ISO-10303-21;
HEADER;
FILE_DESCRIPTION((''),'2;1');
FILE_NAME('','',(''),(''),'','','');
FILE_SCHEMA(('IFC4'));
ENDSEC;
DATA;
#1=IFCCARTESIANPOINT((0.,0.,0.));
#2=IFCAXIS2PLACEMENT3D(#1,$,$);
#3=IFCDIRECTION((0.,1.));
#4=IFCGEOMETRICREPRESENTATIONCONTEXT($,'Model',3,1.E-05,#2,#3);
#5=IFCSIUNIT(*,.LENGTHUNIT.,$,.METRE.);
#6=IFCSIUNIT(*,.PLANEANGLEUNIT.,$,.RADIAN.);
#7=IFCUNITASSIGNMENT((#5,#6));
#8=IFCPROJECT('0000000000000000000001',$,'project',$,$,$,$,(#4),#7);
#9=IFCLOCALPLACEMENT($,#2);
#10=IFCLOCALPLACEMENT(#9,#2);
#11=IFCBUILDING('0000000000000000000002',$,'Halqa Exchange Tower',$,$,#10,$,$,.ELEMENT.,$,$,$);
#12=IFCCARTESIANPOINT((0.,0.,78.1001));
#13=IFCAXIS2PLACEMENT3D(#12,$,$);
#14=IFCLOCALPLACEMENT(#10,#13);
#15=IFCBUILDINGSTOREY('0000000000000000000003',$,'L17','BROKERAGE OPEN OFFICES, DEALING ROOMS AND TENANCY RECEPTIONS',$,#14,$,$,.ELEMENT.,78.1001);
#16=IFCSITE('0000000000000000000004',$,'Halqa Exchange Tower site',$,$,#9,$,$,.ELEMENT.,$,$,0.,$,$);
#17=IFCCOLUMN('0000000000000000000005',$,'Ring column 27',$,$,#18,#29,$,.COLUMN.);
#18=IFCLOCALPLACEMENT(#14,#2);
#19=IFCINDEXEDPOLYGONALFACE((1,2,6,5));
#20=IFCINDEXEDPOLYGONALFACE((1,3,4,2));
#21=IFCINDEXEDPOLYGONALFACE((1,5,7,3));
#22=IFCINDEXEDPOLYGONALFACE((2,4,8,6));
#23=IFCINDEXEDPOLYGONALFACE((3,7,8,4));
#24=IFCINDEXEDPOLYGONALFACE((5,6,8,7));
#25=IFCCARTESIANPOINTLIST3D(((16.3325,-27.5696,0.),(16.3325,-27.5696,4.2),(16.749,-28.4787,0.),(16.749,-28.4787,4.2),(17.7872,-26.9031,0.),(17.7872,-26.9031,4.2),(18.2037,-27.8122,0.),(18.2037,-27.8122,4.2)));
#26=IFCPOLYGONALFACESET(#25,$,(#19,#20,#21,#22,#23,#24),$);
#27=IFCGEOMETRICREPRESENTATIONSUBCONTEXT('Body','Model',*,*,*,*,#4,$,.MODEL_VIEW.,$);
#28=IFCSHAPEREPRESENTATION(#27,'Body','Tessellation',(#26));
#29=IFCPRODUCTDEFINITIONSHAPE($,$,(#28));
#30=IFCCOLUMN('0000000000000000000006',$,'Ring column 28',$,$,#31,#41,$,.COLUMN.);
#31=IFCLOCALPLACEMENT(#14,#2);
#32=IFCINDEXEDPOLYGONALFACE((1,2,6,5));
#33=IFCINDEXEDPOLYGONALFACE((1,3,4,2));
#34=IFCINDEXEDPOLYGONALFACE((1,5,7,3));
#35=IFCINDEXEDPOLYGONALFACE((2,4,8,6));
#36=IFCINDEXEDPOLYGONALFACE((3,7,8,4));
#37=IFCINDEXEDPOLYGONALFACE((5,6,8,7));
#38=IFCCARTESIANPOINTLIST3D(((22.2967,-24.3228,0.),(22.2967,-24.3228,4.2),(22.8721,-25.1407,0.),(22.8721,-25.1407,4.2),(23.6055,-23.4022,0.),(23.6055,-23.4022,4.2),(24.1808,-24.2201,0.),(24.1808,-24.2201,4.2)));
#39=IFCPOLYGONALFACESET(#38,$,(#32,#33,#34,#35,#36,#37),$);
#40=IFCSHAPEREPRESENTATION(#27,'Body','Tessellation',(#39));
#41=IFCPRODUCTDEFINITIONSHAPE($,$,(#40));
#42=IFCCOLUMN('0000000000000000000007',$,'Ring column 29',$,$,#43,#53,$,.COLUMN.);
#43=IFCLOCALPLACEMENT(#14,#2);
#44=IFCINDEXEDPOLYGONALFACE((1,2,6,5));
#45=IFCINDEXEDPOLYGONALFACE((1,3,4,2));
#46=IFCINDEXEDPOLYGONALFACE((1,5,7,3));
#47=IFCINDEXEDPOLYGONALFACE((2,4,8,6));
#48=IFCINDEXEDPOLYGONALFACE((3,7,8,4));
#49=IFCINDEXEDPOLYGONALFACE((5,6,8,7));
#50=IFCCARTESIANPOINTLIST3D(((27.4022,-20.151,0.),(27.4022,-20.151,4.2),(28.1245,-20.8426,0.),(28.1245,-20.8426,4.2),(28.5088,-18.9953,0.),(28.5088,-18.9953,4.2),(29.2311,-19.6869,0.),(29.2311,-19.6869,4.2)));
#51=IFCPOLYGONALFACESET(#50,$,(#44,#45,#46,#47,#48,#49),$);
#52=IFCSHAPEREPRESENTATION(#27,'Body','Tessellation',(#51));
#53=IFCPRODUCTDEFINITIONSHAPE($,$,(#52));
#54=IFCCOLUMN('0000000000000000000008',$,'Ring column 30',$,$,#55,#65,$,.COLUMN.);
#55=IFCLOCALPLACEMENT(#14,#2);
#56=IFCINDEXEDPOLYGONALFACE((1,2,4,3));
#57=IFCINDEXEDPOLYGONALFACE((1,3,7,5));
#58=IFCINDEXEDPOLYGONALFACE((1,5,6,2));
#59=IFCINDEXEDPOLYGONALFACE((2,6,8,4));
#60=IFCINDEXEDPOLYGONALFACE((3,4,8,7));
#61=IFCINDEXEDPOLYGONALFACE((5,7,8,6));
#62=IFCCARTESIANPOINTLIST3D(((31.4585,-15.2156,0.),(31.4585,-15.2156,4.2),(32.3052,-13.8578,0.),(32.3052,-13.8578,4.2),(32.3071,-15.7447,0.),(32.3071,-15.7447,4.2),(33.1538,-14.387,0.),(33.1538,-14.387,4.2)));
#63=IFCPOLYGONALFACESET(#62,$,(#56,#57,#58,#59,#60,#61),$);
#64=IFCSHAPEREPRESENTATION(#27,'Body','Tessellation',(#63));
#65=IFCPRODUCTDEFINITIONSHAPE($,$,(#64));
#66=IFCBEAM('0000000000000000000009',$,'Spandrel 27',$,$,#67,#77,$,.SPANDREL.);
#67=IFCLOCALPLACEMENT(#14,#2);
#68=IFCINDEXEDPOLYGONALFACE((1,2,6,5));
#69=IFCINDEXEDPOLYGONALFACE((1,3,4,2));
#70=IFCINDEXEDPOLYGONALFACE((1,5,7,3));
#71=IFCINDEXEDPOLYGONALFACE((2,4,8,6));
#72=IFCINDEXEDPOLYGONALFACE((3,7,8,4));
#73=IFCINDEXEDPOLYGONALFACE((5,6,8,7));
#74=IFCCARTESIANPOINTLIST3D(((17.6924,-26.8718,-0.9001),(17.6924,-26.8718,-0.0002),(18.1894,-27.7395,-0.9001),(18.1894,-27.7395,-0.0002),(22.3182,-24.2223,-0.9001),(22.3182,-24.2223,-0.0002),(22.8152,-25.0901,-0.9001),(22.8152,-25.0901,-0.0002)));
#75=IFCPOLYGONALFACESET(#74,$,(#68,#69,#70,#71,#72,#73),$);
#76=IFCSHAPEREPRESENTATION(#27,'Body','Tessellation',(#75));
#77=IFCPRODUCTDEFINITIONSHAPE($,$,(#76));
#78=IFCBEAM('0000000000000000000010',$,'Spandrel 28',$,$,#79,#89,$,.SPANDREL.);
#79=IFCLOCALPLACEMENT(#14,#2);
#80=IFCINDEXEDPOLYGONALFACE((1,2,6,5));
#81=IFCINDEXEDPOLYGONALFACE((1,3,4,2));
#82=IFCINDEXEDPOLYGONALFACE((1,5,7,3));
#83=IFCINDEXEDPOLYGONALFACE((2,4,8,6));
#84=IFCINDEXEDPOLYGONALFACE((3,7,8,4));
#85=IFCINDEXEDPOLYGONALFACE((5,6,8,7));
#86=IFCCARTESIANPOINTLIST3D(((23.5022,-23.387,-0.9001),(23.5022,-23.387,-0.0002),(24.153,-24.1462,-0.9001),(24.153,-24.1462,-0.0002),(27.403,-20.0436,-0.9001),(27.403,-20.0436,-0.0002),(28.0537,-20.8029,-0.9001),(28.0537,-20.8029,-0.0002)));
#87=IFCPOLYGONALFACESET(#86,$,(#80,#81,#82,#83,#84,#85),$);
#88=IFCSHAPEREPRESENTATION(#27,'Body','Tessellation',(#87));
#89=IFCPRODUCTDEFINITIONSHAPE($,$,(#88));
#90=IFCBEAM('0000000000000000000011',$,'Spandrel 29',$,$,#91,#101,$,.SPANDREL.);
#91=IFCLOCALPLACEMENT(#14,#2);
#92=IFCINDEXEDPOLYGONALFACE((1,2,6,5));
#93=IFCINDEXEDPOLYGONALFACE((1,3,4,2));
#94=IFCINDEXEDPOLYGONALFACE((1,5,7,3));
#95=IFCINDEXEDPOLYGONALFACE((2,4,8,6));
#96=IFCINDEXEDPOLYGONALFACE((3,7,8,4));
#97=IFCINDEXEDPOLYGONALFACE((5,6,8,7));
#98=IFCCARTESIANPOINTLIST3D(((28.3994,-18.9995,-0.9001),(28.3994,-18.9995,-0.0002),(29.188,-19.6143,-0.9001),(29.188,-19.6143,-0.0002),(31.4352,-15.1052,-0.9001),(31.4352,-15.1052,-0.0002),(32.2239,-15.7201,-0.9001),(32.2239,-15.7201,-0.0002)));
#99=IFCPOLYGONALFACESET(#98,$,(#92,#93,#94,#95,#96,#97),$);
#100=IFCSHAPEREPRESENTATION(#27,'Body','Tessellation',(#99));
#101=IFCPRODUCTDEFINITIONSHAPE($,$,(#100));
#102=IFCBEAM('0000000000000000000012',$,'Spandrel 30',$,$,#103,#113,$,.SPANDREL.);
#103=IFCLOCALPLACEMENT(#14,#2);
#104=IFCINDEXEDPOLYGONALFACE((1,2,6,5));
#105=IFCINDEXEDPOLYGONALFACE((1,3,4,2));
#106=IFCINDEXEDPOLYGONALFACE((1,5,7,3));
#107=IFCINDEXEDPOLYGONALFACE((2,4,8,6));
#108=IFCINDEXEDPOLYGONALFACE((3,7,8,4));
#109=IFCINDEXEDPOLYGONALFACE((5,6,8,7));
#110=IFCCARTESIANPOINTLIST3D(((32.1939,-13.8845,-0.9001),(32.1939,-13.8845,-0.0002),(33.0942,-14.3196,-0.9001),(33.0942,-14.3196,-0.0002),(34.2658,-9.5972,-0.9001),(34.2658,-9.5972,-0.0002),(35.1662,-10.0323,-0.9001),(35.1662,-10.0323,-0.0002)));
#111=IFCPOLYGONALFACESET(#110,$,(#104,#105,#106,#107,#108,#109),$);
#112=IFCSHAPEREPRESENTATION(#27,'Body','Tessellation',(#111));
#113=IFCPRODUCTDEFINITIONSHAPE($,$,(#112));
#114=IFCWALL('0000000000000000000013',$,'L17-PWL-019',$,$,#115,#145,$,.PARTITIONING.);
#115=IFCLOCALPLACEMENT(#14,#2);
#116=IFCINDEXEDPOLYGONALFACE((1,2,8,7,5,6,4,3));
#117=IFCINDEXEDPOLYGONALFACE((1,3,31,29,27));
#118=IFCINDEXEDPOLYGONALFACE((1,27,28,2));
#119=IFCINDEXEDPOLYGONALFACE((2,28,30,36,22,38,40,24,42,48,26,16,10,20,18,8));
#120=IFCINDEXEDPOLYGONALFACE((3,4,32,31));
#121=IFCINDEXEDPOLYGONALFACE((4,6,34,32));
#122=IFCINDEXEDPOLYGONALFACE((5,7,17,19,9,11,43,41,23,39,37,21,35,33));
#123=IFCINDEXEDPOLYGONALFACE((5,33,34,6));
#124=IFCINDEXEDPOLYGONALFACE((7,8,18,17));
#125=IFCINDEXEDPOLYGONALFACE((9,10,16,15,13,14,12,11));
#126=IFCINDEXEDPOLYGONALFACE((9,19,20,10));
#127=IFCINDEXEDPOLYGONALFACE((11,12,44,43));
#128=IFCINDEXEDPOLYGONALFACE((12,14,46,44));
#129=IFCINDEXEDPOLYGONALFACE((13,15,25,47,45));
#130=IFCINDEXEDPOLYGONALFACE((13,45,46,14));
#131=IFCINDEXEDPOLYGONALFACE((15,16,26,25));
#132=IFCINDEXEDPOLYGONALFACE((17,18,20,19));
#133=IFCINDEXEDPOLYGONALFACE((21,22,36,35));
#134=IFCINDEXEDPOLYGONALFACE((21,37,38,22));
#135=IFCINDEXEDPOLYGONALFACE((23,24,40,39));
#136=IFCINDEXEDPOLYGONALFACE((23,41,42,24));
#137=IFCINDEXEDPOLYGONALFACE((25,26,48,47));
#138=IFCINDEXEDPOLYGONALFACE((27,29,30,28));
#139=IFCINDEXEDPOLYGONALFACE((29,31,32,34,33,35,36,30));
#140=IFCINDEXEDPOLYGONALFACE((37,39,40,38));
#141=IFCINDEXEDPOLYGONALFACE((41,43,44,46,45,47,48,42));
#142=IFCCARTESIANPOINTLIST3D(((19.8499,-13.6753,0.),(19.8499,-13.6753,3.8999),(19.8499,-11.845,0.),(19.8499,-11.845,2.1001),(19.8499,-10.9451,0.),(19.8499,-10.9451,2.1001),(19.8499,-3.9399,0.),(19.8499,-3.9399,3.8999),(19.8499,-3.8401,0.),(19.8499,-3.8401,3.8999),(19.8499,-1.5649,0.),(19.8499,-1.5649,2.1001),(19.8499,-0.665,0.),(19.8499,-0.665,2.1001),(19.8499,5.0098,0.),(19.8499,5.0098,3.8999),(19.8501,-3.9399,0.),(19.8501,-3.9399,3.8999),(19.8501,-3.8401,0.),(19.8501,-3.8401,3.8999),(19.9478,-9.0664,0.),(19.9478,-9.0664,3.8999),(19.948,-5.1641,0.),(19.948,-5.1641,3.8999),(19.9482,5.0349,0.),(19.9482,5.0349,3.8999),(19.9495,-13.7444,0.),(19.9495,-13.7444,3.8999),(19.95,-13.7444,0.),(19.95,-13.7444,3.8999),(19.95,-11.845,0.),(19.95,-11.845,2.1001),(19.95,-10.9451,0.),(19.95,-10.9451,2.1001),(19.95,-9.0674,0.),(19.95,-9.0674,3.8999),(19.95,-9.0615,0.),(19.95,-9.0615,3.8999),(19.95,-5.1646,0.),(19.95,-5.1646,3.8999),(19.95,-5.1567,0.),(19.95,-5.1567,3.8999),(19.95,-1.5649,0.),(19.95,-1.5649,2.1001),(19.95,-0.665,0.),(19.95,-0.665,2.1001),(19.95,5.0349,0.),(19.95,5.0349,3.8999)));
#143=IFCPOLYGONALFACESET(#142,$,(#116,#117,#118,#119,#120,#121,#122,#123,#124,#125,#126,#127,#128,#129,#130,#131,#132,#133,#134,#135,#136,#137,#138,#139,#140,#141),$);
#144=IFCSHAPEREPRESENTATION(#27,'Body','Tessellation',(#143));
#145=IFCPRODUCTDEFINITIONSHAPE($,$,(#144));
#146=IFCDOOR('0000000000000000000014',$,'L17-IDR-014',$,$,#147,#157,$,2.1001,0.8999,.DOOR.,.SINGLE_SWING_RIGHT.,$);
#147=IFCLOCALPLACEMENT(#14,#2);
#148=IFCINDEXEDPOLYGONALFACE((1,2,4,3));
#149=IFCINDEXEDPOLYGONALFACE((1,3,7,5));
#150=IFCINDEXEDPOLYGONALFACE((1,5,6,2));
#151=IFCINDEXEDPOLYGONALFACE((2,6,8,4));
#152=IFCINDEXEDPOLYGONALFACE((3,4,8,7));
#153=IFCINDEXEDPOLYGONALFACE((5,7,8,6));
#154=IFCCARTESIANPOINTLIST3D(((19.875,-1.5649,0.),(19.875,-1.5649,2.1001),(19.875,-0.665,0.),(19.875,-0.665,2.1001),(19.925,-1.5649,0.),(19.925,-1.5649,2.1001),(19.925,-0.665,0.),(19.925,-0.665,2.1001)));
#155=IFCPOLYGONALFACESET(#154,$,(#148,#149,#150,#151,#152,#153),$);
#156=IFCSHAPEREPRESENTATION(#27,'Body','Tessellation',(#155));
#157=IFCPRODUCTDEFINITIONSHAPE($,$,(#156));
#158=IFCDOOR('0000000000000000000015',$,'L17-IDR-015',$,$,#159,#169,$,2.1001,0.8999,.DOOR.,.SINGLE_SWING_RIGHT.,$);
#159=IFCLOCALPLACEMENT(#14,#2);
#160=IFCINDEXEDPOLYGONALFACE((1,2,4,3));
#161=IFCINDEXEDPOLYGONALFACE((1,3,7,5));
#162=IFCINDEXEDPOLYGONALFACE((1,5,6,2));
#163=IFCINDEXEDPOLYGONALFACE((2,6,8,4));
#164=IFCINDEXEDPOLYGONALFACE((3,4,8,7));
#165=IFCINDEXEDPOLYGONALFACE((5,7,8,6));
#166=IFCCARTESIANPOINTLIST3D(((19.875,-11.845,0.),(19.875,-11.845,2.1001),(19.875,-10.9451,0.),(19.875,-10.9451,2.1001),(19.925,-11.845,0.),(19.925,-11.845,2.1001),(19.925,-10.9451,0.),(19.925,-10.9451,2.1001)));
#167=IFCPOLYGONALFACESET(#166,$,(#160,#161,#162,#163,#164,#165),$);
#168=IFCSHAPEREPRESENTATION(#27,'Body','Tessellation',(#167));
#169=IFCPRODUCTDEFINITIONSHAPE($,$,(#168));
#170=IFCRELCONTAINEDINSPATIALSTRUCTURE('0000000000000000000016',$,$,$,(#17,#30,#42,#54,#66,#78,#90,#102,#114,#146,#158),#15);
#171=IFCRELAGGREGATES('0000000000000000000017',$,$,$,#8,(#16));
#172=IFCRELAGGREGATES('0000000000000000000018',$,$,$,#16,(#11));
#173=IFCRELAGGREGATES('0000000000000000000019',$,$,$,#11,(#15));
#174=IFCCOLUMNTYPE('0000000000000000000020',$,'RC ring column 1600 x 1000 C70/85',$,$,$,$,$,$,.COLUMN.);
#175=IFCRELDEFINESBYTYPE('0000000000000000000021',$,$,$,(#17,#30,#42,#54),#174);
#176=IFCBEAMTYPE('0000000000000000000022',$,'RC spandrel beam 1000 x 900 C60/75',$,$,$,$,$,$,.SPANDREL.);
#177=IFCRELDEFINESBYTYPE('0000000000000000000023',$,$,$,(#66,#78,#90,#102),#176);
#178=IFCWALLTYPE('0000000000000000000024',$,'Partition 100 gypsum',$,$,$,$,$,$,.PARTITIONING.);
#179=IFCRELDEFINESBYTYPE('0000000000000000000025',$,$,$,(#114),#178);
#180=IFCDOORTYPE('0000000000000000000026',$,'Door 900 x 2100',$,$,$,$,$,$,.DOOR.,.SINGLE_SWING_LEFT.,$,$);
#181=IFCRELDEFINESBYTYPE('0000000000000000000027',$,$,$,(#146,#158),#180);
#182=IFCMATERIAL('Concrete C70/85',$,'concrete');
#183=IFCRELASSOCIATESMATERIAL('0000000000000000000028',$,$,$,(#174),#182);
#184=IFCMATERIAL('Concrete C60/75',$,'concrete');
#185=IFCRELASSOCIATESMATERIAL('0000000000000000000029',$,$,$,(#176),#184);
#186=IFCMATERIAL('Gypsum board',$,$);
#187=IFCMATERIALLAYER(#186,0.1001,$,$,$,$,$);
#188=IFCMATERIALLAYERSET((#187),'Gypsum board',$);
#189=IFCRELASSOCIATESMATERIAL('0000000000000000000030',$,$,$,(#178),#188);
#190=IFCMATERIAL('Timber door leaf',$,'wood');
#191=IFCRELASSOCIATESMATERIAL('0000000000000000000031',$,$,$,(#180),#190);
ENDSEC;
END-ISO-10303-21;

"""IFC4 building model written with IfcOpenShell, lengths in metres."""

from ifc_helpers import new_model, si_unit, direction, frame, frame_2d, origin, origin_2d, place, context, subcontext, project, spatial, polyline, rectangle, outline, extrude, material, layer, layer_set, material_profile, profile_set, type_object, element, fill, save


model = new_model("IFC4")

# Units and contexts
model_context = context("Model", 3, precision=1e-05, world=origin(), true_north=direction((0.0, 1.0)))
body_context = subcontext(model_context, "Body", "Model", "MODEL_VIEW")
ifc_project = project(units=[si_unit("LENGTHUNIT", "METRE"), si_unit("PLANEANGLEUNIT", "RADIAN")], contexts=[model_context])

# Site, building, storey
site_placement = place(None, origin())
site = spatial("IfcSite", under=ifc_project, at=site_placement, Name="Halqa Exchange Tower site", CompositionType="ELEMENT", RefElevation=0.0)
building_placement = place(site_placement, origin())
building = spatial("IfcBuilding", under=site, at=building_placement, Name="Halqa Exchange Tower", CompositionType="ELEMENT")
storey_placement = place(building_placement, frame((0.0, 0.0, 78.1001)))
storey = spatial("IfcBuildingStorey", under=building, at=storey_placement, Name="L17", Description="BROKERAGE OPEN OFFICES, DEALING ROOMS AND TENANCY RECEPTIONS", CompositionType="ELEMENT", Elevation=78.1001)

# Columns
ifc_material_1 = material(Name="Concrete C70/85", Category="concrete")
ifc_material_profile_1 = material_profile(ifc_material_1, rectangle(XDim=1.6001, YDim=1.0, at=origin_2d()), Name="1600 x 1000")
ifc_profile_set_1 = profile_set([ifc_material_profile_1], Name="Concrete C70/85")
column_type = type_object("IfcColumnType", Name="RC ring column 1600 x 1000 C70/85", PredefinedType="COLUMN", material=ifc_profile_set_1)
for number, where, z_axis, x_axis, name in (
    (1, (17.2681, -27.6909, 0.0), (0.0, 0.0, 1.0), (0.909127, 0.416519, 0.0), "Ring column 27"),
    (2, (23.2388, -24.2715, 0.0), (0.0, 0.0, 1.0), (0.817909, 0.575348, 0.0), "Ring column 28"),
    (3, (28.3167, -19.9189, 0.0), (0.0, 0.0, 1.0), (0.691579, 0.722301, 0.0), "Ring column 29"),
    (4, (32.3062, -14.8013, 0.0), (0.0, 0.0, 1.0), (0.529145, 0.848531, 0.0), "Ring column 30"),
):
    element("IfcColumn", number, at=place(storey_placement, frame(where, z_axis=z_axis, x_axis=x_axis)), inside=storey, type_object=column_type, Name=name, PredefinedType="COLUMN", context=body_context, shape_type="SweptSolid", body=[
        extrude(rectangle(XDim=1.6001, YDim=1.0, at=origin_2d()), origin(), (0.0, 0.0, 1.0), 4.2),
    ])

# Beams
ifc_material_2 = material(Name="Concrete C60/75", Category="concrete")
ifc_material_profile_2 = material_profile(ifc_material_2, rectangle(XDim=1.0, YDim=0.8999, at=origin_2d()), Name="1000 x 900")
ifc_profile_set_2 = profile_set([ifc_material_profile_2], Name="Concrete C60/75")
beam_type = type_object("IfcBeamType", Name="RC spandrel beam 1000 x 900 C60/75", PredefinedType="SPANDREL", material=ifc_profile_set_2)
beam_1_placement = place(storey_placement, frame((17.9409, -27.3057, -0.4502), z_axis=(0.867747, 0.497007, 0.0), x_axis=(-0.497007, 0.867747, 0.0)))
element("IfcBeam", 5, at=beam_1_placement, inside=storey, type_object=beam_type, Name="Spandrel 27", PredefinedType="SPANDREL", context=body_context, shape_type="SweptSolid", body=[
    extrude(rectangle(XDim=1.0, YDim=0.8999, at=origin_2d()), origin(), (0.0, 0.0, 1.0), 5.3308),
])
beam_2_placement = place(storey_placement, frame((23.8276, -23.7666, -0.4502), z_axis=(0.75927, 0.650776, 0.0), x_axis=(-0.650776, 0.75927, 0.0)))
element("IfcBeam", 6, at=beam_2_placement, inside=storey, type_object=beam_type, Name="Spandrel 28", PredefinedType="SPANDREL", context=body_context, shape_type="SweptSolid", body=[
    extrude(rectangle(XDim=1.0, YDim=0.8999, at=origin_2d()), origin(), (0.0, 0.0, 1.0), 5.1375),
])
beam_3_placement = place(storey_placement, frame((28.7937, -19.3069, -0.4502), z_axis=(0.614823, 0.788665, 0.0), x_axis=(-0.788665, 0.614823, 0.0)))
element("IfcBeam", 7, at=beam_3_placement, inside=storey, type_object=beam_type, Name="Spandrel 29", PredefinedType="SPANDREL", context=body_context, shape_type="SweptSolid", body=[
    extrude(rectangle(XDim=1.0, YDim=0.8999, at=origin_2d()), origin(), (0.0, 0.0, 1.0), 4.9377),
])
beam_4_placement = place(storey_placement, frame((32.644, -14.1021, -0.4502), z_axis=(0.435135, 0.900365, 0.0), x_axis=(-0.900365, 0.435135, 0.0)))
element("IfcBeam", 8, at=beam_4_placement, inside=storey, type_object=beam_type, Name="Spandrel 30", PredefinedType="SPANDREL", context=body_context, shape_type="SweptSolid", body=[
    extrude(rectangle(XDim=1.0, YDim=0.8999, at=origin_2d()), origin(), (0.0, 0.0, 1.0), 4.7617),
])

# Wall, openings, doors
ifc_material_3 = material(Name="Gypsum board")
ifc_layer_1 = layer(ifc_material_3, 0.1001)
ifc_layer_set_1 = layer_set([ifc_layer_1], Name="Gypsum board")
wall_type_1 = type_object("IfcWallType", Name="Partition 100 gypsum", PredefinedType="PARTITIONING", material=ifc_layer_set_1)
wall_1_placement = place(storey_placement, frame((19.8999, -13.7444, 0.0), z_axis=(0.0, 0.0, 1.0), x_axis=(0.0, 1.0, 0.0)))
wall_1 = element("IfcWall", 9, at=wall_1_placement, inside=storey, type_object=wall_type_1, Name="L17-PWL-019", PredefinedType="PARTITIONING", context=body_context, shape_type="SweptSolid", body=[
    extrude(outline(polyline([(0.0, -0.05), (1.5591, -0.05), (3.1179, -0.05), (4.677, -0.05), (4.678, -0.0479), (4.6829, -0.05), (6.6313, -0.05), (8.5798, -0.05), (8.5803, -0.0481), (8.5876, -0.05), (10.2861, -0.05), (11.9849, -0.05), (13.6833, -0.05), (15.3821, -0.05), (17.0806, -0.05), (18.7793, -0.05), (18.7793, -0.0483), (18.7542, 0.05), (16.9841, 0.05), (15.2141, 0.05), (13.4443, 0.05), (11.6743, 0.05), (9.9043, 0.05), (9.9043, 0.0498), (9.8044, 0.0498), (9.8044, 0.05), (7.8574, 0.05), (5.9102, 0.05), (3.9631, 0.05), (2.0161, 0.05), (0.0691, 0.05), (0.0, -0.0496), (0.0, -0.05)])), origin(), (0.0, 0.0, 1.0), 3.8999),
])
opening_1_placement = place(wall_1_placement, frame((12.1794, 0.0, 0.0)))
opening_1 = element("IfcOpeningElement", 10, at=opening_1_placement, cuts=wall_1, PredefinedType="OPENING", context=body_context, shape_type="SweptSolid", body=[
    extrude(rectangle(XDim=0.8999, YDim=2.1001, at=frame_2d((0.45, 1.05))), frame((0.0, 0.062, 0.0), z_axis=(0.0, -1.0, 0.0), x_axis=(1.0, 0.0, 0.0)), (0.0, 0.0, 1.0), 0.124),
])
opening_2_placement = place(wall_1_placement, frame((1.8994, 0.0, 0.0)))
opening_2 = element("IfcOpeningElement", 11, at=opening_2_placement, cuts=wall_1, PredefinedType="OPENING", context=body_context, shape_type="SweptSolid", body=[
    extrude(rectangle(XDim=0.8999, YDim=2.1001, at=frame_2d((0.45, 1.05))), frame((0.0, 0.062, 0.0), z_axis=(0.0, -1.0, 0.0), x_axis=(1.0, 0.0, 0.0)), (0.0, 0.0, 1.0), 0.124),
])
ifc_material_4 = material(Name="Timber door leaf", Category="wood")
door_type_1 = type_object("IfcDoorType", Name="Door 900 x 2100", OperationType="SINGLE_SWING_LEFT", PredefinedType="DOOR", material=ifc_material_4)
door_1_placement = place(opening_1_placement, origin())
door_1 = element("IfcDoor", 12, at=door_1_placement, inside=storey, type_object=door_type_1, Name="L17-IDR-014", OperationType="SINGLE_SWING_RIGHT", OverallHeight=2.1001, OverallWidth=0.8999, PredefinedType="DOOR", context=body_context, shape_type="SweptSolid", body=[
    extrude(rectangle(XDim=0.8999, YDim=2.1001, at=frame_2d((0.45, 1.05))), frame((0.0, 0.0249, 0.0), z_axis=(0.0, -1.0, 0.0), x_axis=(1.0, 0.0, 0.0)), (0.0, 0.0, 1.0), 0.05),
])
fill(opening_1, door_1)
door_2_placement = place(opening_2_placement, origin())
door_2 = element("IfcDoor", 13, at=door_2_placement, inside=storey, type_object=door_type_1, Name="L17-IDR-015", OperationType="SINGLE_SWING_RIGHT", OverallHeight=2.1001, OverallWidth=0.8999, PredefinedType="DOOR", context=body_context, shape_type="SweptSolid", body=[
    extrude(rectangle(XDim=0.8999, YDim=2.1001, at=frame_2d((0.45, 1.05))), frame((0.0, 0.0249, 0.0), z_axis=(0.0, -1.0, 0.0), x_axis=(1.0, 0.0, 0.0)), (0.0, 0.0, 1.0), 0.05),
])
fill(opening_2, door_2)

save(model, "model.ifc")
